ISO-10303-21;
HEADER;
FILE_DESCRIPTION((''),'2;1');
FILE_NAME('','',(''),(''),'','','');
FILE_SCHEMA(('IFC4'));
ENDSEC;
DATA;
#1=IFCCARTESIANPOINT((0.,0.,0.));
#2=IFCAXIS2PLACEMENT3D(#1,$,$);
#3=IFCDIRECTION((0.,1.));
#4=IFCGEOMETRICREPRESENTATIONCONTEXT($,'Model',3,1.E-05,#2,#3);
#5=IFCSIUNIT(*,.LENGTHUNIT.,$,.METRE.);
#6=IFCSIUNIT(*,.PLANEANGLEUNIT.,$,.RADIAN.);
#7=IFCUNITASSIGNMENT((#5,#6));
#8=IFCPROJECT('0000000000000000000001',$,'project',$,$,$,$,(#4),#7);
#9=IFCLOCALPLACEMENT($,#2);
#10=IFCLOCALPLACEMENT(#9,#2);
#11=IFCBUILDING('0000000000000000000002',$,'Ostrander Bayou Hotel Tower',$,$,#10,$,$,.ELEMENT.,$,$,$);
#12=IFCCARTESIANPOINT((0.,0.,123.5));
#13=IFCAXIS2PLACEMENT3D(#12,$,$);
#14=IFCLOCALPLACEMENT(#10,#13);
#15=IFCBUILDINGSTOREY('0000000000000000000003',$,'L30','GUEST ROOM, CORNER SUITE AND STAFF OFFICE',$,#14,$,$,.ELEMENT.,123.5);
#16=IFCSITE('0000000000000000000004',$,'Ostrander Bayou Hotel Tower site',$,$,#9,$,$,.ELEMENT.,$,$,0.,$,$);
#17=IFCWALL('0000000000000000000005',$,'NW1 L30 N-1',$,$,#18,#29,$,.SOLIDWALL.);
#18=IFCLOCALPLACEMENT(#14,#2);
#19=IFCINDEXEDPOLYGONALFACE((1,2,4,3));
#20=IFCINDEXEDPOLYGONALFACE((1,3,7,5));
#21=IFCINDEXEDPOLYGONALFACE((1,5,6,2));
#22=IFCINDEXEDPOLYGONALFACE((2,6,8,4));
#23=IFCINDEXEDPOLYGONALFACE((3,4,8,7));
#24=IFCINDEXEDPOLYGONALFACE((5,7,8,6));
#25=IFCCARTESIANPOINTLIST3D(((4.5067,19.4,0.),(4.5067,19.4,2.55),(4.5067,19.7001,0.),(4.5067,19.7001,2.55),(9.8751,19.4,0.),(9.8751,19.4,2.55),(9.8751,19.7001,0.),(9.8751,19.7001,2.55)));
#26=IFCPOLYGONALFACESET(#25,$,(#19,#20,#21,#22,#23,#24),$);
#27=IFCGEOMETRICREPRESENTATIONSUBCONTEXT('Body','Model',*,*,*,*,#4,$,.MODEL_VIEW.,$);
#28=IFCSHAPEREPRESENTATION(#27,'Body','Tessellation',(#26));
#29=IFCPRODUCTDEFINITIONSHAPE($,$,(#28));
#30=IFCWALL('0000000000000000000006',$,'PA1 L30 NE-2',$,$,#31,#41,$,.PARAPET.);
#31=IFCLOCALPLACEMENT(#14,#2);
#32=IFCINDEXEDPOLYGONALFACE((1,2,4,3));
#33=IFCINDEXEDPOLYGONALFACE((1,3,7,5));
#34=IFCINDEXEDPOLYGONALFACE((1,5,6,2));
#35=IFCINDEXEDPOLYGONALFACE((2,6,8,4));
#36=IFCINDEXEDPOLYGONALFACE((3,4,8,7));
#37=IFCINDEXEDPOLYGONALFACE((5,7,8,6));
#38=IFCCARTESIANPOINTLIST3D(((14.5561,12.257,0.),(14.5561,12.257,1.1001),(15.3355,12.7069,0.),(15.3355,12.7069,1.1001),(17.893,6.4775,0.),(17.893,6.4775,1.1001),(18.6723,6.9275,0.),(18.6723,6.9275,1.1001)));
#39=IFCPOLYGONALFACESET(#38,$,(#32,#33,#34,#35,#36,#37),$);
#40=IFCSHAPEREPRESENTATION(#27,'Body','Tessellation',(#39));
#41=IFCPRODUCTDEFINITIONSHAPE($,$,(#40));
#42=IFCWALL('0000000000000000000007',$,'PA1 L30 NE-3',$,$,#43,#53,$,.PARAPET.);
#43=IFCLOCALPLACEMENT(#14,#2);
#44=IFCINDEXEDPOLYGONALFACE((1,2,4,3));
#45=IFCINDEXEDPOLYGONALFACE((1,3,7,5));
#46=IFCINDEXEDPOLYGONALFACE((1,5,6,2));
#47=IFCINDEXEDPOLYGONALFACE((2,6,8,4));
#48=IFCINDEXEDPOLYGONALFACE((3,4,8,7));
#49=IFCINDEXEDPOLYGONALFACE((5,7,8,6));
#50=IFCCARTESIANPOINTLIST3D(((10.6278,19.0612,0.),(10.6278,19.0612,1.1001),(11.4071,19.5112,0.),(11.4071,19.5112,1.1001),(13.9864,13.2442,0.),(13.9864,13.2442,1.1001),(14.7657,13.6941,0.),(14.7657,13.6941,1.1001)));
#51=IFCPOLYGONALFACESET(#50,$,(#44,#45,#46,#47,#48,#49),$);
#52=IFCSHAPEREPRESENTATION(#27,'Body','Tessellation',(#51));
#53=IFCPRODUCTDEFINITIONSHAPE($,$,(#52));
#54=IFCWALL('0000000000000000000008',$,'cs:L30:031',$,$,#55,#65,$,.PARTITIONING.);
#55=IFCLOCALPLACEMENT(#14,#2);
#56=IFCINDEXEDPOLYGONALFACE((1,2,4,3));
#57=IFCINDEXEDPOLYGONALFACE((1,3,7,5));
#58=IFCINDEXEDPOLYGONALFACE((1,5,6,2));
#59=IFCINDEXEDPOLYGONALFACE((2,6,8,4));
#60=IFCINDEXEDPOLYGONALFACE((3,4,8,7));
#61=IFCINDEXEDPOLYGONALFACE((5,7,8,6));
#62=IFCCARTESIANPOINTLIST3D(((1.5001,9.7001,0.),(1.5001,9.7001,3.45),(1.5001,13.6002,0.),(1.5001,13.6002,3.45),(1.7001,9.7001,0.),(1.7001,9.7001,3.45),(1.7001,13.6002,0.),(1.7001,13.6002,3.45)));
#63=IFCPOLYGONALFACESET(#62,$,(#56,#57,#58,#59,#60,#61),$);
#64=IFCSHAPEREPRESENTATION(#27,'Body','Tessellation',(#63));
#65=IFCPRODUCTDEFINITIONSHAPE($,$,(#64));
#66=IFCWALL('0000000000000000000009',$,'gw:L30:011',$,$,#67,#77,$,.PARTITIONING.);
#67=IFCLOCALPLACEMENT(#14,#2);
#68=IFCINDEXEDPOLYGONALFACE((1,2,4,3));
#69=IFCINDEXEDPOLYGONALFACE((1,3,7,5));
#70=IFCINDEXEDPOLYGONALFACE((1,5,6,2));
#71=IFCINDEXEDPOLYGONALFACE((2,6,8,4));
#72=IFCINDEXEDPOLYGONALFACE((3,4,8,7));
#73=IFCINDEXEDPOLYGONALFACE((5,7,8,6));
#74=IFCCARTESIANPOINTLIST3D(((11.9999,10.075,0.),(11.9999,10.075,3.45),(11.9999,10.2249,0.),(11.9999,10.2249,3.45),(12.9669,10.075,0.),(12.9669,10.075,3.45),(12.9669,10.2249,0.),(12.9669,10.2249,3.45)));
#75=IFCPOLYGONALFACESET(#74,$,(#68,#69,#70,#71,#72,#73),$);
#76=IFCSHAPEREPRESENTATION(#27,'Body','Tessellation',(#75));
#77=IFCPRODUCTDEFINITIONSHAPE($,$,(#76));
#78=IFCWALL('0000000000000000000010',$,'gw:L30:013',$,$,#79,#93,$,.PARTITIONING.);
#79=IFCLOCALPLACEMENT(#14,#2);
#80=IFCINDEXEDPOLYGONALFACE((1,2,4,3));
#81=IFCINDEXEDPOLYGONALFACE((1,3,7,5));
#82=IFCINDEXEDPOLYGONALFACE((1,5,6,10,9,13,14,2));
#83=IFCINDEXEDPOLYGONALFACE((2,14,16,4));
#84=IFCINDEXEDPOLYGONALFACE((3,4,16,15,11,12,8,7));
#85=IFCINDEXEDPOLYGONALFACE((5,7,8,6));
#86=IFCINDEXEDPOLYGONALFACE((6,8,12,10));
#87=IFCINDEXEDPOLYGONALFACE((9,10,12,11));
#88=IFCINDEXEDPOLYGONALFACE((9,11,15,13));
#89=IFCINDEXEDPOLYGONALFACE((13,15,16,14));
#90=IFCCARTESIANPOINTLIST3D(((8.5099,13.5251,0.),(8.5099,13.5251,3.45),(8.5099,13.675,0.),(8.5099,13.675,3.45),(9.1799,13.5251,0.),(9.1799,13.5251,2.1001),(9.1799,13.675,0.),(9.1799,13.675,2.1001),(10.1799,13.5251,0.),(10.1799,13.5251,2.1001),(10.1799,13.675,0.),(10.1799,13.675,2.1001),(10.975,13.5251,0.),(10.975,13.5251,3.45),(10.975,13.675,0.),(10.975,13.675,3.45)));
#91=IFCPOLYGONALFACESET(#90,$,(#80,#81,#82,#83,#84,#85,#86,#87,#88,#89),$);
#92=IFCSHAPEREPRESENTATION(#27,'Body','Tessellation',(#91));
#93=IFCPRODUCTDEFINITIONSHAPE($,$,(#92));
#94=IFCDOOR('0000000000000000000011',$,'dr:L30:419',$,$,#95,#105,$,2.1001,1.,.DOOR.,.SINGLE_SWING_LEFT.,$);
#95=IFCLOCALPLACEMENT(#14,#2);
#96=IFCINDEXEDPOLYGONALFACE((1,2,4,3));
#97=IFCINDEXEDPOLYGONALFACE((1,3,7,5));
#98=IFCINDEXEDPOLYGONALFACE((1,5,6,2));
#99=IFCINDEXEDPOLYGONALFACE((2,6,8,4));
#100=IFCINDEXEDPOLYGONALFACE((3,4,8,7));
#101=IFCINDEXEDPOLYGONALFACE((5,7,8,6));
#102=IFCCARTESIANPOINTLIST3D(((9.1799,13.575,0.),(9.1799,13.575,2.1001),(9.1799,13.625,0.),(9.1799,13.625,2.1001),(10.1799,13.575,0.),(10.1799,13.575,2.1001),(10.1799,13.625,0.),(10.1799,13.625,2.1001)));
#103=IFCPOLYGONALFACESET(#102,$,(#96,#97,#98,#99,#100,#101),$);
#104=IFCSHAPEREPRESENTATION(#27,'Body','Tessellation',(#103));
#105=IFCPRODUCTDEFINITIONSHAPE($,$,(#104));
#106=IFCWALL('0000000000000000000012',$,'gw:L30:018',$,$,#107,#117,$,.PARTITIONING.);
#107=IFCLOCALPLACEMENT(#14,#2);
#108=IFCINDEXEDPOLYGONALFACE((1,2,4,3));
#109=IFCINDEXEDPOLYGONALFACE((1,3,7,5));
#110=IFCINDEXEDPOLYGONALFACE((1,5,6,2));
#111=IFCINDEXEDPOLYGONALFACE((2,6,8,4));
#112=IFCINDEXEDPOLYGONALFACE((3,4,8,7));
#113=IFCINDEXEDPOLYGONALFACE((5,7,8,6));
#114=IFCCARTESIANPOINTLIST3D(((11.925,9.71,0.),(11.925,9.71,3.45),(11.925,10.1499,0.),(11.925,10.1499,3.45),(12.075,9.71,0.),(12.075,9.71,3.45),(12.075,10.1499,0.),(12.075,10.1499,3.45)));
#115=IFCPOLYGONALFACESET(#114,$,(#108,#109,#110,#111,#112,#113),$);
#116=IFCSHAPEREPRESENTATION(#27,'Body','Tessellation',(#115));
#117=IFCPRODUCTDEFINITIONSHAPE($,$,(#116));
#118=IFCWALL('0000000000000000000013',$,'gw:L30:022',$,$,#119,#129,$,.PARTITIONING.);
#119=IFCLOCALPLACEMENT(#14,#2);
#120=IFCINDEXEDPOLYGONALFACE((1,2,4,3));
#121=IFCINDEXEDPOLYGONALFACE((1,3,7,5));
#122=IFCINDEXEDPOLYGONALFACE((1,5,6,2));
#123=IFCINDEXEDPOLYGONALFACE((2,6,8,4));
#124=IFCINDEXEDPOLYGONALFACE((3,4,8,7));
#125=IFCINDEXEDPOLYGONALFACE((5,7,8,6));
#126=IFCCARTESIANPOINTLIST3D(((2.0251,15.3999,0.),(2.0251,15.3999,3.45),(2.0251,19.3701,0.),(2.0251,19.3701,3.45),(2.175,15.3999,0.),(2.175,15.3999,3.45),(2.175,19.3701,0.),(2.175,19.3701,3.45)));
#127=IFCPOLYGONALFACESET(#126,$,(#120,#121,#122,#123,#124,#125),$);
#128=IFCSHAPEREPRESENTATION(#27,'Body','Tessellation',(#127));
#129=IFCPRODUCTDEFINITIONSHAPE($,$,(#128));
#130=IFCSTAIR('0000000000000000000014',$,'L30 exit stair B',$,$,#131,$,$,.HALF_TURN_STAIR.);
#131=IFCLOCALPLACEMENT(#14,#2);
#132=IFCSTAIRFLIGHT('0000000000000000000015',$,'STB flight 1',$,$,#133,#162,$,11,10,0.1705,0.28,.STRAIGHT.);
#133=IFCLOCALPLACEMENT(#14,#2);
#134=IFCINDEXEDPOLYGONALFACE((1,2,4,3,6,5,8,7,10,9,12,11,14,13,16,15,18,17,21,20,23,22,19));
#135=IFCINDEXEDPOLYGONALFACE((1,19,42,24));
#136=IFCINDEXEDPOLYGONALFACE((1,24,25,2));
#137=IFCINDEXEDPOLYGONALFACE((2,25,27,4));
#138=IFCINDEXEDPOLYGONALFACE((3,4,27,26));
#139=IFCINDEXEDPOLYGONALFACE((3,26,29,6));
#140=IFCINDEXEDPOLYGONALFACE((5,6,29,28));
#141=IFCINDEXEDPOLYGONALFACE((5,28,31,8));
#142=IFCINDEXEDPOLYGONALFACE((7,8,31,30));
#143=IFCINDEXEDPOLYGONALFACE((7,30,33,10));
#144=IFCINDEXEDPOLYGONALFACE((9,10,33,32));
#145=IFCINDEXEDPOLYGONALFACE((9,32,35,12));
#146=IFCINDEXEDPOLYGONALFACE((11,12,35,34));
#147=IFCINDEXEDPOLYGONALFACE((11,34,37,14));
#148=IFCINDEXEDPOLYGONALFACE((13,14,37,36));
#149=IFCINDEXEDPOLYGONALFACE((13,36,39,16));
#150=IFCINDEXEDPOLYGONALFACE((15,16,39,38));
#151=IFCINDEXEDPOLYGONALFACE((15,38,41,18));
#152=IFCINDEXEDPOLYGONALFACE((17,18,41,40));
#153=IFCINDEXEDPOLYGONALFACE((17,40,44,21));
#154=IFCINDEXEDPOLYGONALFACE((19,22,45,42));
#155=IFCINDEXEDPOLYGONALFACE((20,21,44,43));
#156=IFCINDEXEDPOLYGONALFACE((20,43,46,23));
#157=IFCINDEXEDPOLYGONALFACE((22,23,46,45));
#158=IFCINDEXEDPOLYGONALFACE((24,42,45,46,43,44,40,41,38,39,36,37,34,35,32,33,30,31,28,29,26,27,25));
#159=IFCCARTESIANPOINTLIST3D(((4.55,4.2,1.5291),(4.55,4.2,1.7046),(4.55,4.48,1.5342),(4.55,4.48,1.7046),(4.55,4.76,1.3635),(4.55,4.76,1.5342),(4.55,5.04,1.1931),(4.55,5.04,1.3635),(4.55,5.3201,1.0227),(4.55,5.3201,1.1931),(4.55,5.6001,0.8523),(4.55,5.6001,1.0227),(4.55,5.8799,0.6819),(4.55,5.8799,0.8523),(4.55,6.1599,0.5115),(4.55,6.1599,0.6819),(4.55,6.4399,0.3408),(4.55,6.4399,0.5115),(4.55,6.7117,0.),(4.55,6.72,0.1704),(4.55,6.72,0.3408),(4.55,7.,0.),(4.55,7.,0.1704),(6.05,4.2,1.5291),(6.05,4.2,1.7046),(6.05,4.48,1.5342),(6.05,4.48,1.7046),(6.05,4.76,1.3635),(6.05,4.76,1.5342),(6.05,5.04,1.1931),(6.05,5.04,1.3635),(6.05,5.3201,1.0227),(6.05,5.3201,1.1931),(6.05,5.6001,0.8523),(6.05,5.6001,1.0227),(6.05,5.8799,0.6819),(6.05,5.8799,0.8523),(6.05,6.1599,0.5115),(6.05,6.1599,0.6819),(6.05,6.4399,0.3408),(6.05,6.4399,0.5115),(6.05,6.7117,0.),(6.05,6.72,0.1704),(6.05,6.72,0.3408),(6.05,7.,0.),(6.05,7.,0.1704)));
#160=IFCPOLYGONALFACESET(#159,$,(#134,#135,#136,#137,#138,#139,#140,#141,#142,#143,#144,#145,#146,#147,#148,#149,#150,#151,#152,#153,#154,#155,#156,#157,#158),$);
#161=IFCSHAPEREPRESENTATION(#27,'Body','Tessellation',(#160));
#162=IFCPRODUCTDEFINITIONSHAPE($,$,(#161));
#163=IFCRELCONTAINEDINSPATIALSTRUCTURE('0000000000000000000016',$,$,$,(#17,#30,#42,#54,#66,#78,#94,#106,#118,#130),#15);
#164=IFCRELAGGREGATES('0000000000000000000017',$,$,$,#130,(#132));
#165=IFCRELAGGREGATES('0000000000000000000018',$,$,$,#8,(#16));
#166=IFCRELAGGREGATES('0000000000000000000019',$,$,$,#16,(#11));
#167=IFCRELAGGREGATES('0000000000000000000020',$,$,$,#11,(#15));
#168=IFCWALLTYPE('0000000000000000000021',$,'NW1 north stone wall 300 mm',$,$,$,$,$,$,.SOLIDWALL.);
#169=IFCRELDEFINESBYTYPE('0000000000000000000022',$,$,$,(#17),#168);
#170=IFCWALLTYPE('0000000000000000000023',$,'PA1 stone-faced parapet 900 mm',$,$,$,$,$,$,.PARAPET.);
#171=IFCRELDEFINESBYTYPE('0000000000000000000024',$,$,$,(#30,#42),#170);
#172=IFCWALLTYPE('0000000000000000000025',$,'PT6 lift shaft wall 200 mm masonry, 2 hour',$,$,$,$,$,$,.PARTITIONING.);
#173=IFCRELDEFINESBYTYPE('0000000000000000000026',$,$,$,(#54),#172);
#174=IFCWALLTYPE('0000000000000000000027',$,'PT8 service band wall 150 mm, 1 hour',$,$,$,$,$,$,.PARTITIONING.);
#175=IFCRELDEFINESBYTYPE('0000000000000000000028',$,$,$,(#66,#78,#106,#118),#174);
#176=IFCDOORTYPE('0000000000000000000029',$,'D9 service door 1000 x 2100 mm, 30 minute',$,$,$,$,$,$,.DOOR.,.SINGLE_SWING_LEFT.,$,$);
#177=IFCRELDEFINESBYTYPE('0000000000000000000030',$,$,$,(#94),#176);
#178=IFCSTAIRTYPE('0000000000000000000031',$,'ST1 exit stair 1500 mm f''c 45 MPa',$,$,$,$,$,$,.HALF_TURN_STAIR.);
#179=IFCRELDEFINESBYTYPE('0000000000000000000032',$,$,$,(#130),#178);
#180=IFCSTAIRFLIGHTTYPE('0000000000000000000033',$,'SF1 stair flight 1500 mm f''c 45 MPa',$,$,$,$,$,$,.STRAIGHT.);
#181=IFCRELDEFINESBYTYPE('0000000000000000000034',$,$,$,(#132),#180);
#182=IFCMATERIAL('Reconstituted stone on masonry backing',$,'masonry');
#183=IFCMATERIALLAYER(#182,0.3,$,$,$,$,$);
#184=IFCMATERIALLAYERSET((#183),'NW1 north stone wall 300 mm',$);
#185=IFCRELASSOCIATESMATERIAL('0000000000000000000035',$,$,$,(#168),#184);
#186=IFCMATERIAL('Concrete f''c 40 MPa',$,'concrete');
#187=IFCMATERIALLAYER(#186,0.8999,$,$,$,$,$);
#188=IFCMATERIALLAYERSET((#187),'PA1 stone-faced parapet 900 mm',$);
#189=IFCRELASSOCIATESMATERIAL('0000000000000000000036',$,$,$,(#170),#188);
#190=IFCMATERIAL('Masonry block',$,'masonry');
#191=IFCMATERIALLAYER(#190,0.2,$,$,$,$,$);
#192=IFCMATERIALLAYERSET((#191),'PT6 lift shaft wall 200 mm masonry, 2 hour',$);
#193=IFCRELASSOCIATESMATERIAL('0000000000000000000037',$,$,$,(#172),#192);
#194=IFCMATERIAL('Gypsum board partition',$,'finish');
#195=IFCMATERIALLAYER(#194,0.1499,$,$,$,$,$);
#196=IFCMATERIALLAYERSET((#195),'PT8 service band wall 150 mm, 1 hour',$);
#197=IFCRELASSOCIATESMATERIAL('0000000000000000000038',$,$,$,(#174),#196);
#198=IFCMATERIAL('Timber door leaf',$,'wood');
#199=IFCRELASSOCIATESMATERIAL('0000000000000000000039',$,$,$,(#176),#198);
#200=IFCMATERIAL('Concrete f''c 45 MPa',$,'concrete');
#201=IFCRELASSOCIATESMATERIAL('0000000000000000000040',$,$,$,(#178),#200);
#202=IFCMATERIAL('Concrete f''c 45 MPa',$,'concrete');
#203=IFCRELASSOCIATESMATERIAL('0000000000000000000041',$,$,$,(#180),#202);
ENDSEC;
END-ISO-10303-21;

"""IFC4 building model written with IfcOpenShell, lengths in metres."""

from ifc_helpers import new_model, si_unit, direction, frame, frame_2d, origin, place, context, subcontext, project, spatial, polyline, rectangle, outline, extrude, material, layer, layer_set, type_object, element, fill, aggregate, save


model = new_model("IFC4")

# Units and contexts
model_context = context("Model", 3, precision=1e-05, world=origin(), true_north=direction((0.0, 1.0)))
body_context = subcontext(model_context, "Body", "Model", "MODEL_VIEW")
ifc_project = project(units=[si_unit("LENGTHUNIT", "METRE"), si_unit("PLANEANGLEUNIT", "RADIAN")], contexts=[model_context])

# Site, building, storey
site_placement = place(None, origin())
site = spatial("IfcSite", under=ifc_project, at=site_placement, Name="Ostrander Bayou Hotel Tower site", CompositionType="ELEMENT", RefElevation=0.0)
building_placement = place(site_placement, origin())
building = spatial("IfcBuilding", under=site, at=building_placement, Name="Ostrander Bayou Hotel Tower", CompositionType="ELEMENT")
storey_placement = place(building_placement, frame((0.0, 0.0, 123.5)))
storey = spatial("IfcBuildingStorey", under=building, at=storey_placement, Name="L30", Description="GUEST ROOM, CORNER SUITE AND STAFF OFFICE", CompositionType="ELEMENT", Elevation=123.5)

# Wall
ifc_material_1 = material(Name="Reconstituted stone on masonry backing", Category="masonry")
ifc_layer_1 = layer(ifc_material_1, 0.3)
ifc_layer_set_1 = layer_set([ifc_layer_1], Name="NW1 north stone wall 300 mm")
wall_type_1 = type_object("IfcWallType", Name="NW1 north stone wall 300 mm", PredefinedType="SOLIDWALL", material=ifc_layer_set_1)
wall_1_placement = place(storey_placement, frame((9.875, 19.55, 0.0), z_axis=(0.0, 0.0, 1.0), x_axis=(-1.0, 0.0, 0.0)))
element("IfcWall", 1, at=wall_1_placement, inside=storey, type_object=wall_type_1, Name="NW1 L30 N-1", PredefinedType="SOLIDWALL", context=body_context, shape_type="SweptSolid", body=[
    extrude(rectangle(XDim=5.3684, YDim=0.3, at=frame_2d((2.6841, 0.0))), origin(), (0.0, 0.0, 1.0), 2.55),
])

# Walls
ifc_material_2 = material(Name="Concrete f'c 40 MPa", Category="concrete")
ifc_layer_2 = layer(ifc_material_2, 0.8999)
ifc_layer_set_2 = layer_set([ifc_layer_2], Name="PA1 stone-faced parapet 900 mm")
wall_type_2 = type_object("IfcWallType", Name="PA1 stone-faced parapet 900 mm", PredefinedType="PARAPET", material=ifc_layer_set_2)
wall_2_placement = place(storey_placement, frame((18.2827, 6.7024, 0.0), z_axis=(0.0, 0.0, 1.0), x_axis=(-0.500011, 0.866019, 0.0)))
element("IfcWall", 2, at=wall_2_placement, inside=storey, type_object=wall_type_2, Name="PA1 L30 NE-2", PredefinedType="PARAPET", context=body_context, shape_type="SweptSolid", body=[
    extrude(rectangle(XDim=6.6736, YDim=0.8999, at=frame_2d((3.3369, 0.0))), origin(), (0.0, 0.0, 1.0), 1.1001),
])
wall_3_placement = place(storey_placement, frame((14.376, 13.4692, 0.0), z_axis=(0.0, 0.0, 1.0), x_axis=(-0.500013, 0.866018, 0.0)))
element("IfcWall", 3, at=wall_3_placement, inside=storey, type_object=wall_type_2, Name="PA1 L30 NE-3", PredefinedType="PARAPET", context=body_context, shape_type="SweptSolid", body=[
    extrude(rectangle(XDim=6.717, YDim=0.8999, at=frame_2d((3.3584, 0.0))), origin(), (0.0, 0.0, 1.0), 1.1001),
])

# Walls
ifc_material_3 = material(Name="Masonry block", Category="masonry")
ifc_layer_3 = layer(ifc_material_3, 0.2)
ifc_layer_set_3 = layer_set([ifc_layer_3], Name="PT6 lift shaft wall 200 mm masonry, 2 hour")
wall_type_3 = type_object("IfcWallType", Name="PT6 lift shaft wall 200 mm masonry, 2 hour", PredefinedType="PARTITIONING", material=ifc_layer_set_3)
wall_4_placement = place(storey_placement, frame((1.6001, 9.7, 0.0), z_axis=(0.0, 0.0, 1.0), x_axis=(0.0, 1.0, 0.0)))
element("IfcWall", 4, at=wall_4_placement, inside=storey, type_object=wall_type_3, Name="cs:L30:031", PredefinedType="PARTITIONING", context=body_context, shape_type="SweptSolid", body=[
    extrude(rectangle(XDim=3.9001, YDim=0.2, at=frame_2d((1.9502, 0.0))), origin(), (0.0, 0.0, 1.0), 3.45),
])
ifc_material_4 = material(Name="Gypsum board partition", Category="finish")
ifc_layer_4 = layer(ifc_material_4, 0.1499)
ifc_layer_set_4 = layer_set([ifc_layer_4], Name="PT8 service band wall 150 mm, 1 hour")
wall_type_4 = type_object("IfcWallType", Name="PT8 service band wall 150 mm, 1 hour", PredefinedType="PARTITIONING", material=ifc_layer_set_4)
wall_5_placement = place(storey_placement, frame((12.0, 10.1499, 0.0), z_axis=(0.0, 0.0, 1.0), x_axis=(1.0, 0.0, 0.0)))
element("IfcWall", 5, at=wall_5_placement, inside=storey, type_object=wall_type_4, Name="gw:L30:011", PredefinedType="PARTITIONING", context=body_context, shape_type="SweptSolid", body=[
    extrude(rectangle(XDim=0.967, YDim=0.1499, at=frame_2d((0.4834, 0.0))), origin(), (0.0, 0.0, 1.0), 3.45),
])

# Wall, opening, door
wall_6_placement = place(storey_placement, frame((8.51, 13.6001, 0.0), z_axis=(0.0, 0.0, 1.0), x_axis=(1.0, 0.0, 0.0)))
wall_6 = element("IfcWall", 6, at=wall_6_placement, inside=storey, type_object=wall_type_4, Name="gw:L30:013", PredefinedType="PARTITIONING", context=body_context, shape_type="SweptSolid", body=[
    extrude(rectangle(XDim=2.4651, YDim=0.1499, at=frame_2d((1.2324, 0.0))), origin(), (0.0, 0.0, 1.0), 3.45),
])
opening_1_placement = place(wall_6_placement, frame((0.6699, 0.0, 0.0)))
opening_1 = element("IfcOpeningElement", 7, at=opening_1_placement, cuts=wall_6, PredefinedType="OPENING", context=body_context, shape_type="SweptSolid", body=[
    extrude(rectangle(XDim=1.0, YDim=2.1001, at=frame_2d((0.5, 1.05))), frame((0.0, 0.075, 0.0), z_axis=(0.0, -1.0, 0.0), x_axis=(1.0, 0.0, 0.0)), (0.0, 0.0, 1.0), 0.1499),
])
ifc_material_5 = material(Name="Timber door leaf", Category="wood")
door_type_1 = type_object("IfcDoorType", Name="D9 service door 1000 x 2100 mm, 30 minute", OperationType="SINGLE_SWING_LEFT", PredefinedType="DOOR", material=ifc_material_5)
door_1_placement = place(opening_1_placement, origin())
door_1 = element("IfcDoor", 8, at=door_1_placement, inside=storey, type_object=door_type_1, Name="dr:L30:419", OperationType="SINGLE_SWING_LEFT", OverallHeight=2.1001, OverallWidth=1.0, PredefinedType="DOOR", context=body_context, shape_type="SweptSolid", body=[
    extrude(rectangle(XDim=1.0, YDim=2.1001, at=frame_2d((0.5, 1.05))), frame((0.0, 0.0249, 0.0), z_axis=(0.0, -1.0, 0.0), x_axis=(1.0, 0.0, 0.0)), (0.0, 0.0, 1.0), 0.05),
])
fill(opening_1, door_1)

# Walls
wall_7_placement = place(storey_placement, frame((12.0, 9.71, 0.0), z_axis=(0.0, 0.0, 1.0), x_axis=(0.0, 1.0, 0.0)))
element("IfcWall", 9, at=wall_7_placement, inside=storey, type_object=wall_type_4, Name="gw:L30:018", PredefinedType="PARTITIONING", context=body_context, shape_type="SweptSolid", body=[
    extrude(rectangle(XDim=0.4399, YDim=0.1499, at=frame_2d((0.22, 0.0))), origin(), (0.0, 0.0, 1.0), 3.45),
])
wall_8_placement = place(storey_placement, frame((2.1001, 15.3999, 0.0), z_axis=(0.0, 0.0, 1.0), x_axis=(0.0, 1.0, 0.0)))
element("IfcWall", 10, at=wall_8_placement, inside=storey, type_object=wall_type_4, Name="gw:L30:022", PredefinedType="PARTITIONING", context=body_context, shape_type="SweptSolid", body=[
    extrude(rectangle(XDim=3.9702, YDim=0.1499, at=frame_2d((1.9851, 0.0))), origin(), (0.0, 0.0, 1.0), 3.45),
])

# Stair, stair flight
ifc_material_6 = material(Name="Concrete f'c 45 MPa", Category="concrete")
stair_type = type_object("IfcStairType", Name="ST1 exit stair 1500 mm f'c 45 MPa", PredefinedType="HALF_TURN_STAIR", material=ifc_material_6)
stair_placement = place(storey_placement, origin())
stair = element("IfcStair", 11, at=stair_placement, inside=storey, type_object=stair_type, Name="L30 exit stair B", PredefinedType="HALF_TURN_STAIR")
ifc_material_7 = material(Name="Concrete f'c 45 MPa", Category="concrete")
stair_flight_type = type_object("IfcStairFlightType", Name="SF1 stair flight 1500 mm f'c 45 MPa", PredefinedType="STRAIGHT", material=ifc_material_7)
stair_flight_placement = place(storey_placement, frame((5.3, 7.0, 0.0), z_axis=(0.0, 0.0, 1.0), x_axis=(0.0, -1.0, 0.0)))
stair_flight = element("IfcStairFlight", 12, at=stair_flight_placement, type_object=stair_flight_type, Name="STB flight 1", NumberOfRisers=11, NumberOfTreads=10, PredefinedType="STRAIGHT", RiserHeight=0.1705, TreadLength=0.28, context=body_context, shape_type="SweptSolid", body=[
    extrude(outline(polyline([(0.0, 0.0), (0.0, 0.1704), (0.28, 0.1704), (0.28, 0.3408), (0.5601, 0.3408), (0.5601, 0.5115), (0.8401, 0.5115), (0.8401, 0.6819), (1.1201, 0.6819), (1.1201, 0.8523), (1.3999, 0.8523), (1.3999, 1.0227), (1.6799, 1.0227), (1.6799, 1.1931), (1.96, 1.1931), (1.96, 1.3635), (2.24, 1.3635), (2.24, 1.5342), (2.52, 1.5342), (2.52, 1.7046), (2.8, 1.7046), (2.8, 1.875), (2.8, 1.5291), (0.2883, 0.0), (0.0, 0.0)])), frame((0.0, 0.75, 0.0), z_axis=(0.0, -1.0, 0.0), x_axis=(1.0, 0.0, 0.0)), (0.0, 0.0, 1.0), 1.5),
])
aggregate(stair, [stair_flight])

save(model, "model.ifc")
